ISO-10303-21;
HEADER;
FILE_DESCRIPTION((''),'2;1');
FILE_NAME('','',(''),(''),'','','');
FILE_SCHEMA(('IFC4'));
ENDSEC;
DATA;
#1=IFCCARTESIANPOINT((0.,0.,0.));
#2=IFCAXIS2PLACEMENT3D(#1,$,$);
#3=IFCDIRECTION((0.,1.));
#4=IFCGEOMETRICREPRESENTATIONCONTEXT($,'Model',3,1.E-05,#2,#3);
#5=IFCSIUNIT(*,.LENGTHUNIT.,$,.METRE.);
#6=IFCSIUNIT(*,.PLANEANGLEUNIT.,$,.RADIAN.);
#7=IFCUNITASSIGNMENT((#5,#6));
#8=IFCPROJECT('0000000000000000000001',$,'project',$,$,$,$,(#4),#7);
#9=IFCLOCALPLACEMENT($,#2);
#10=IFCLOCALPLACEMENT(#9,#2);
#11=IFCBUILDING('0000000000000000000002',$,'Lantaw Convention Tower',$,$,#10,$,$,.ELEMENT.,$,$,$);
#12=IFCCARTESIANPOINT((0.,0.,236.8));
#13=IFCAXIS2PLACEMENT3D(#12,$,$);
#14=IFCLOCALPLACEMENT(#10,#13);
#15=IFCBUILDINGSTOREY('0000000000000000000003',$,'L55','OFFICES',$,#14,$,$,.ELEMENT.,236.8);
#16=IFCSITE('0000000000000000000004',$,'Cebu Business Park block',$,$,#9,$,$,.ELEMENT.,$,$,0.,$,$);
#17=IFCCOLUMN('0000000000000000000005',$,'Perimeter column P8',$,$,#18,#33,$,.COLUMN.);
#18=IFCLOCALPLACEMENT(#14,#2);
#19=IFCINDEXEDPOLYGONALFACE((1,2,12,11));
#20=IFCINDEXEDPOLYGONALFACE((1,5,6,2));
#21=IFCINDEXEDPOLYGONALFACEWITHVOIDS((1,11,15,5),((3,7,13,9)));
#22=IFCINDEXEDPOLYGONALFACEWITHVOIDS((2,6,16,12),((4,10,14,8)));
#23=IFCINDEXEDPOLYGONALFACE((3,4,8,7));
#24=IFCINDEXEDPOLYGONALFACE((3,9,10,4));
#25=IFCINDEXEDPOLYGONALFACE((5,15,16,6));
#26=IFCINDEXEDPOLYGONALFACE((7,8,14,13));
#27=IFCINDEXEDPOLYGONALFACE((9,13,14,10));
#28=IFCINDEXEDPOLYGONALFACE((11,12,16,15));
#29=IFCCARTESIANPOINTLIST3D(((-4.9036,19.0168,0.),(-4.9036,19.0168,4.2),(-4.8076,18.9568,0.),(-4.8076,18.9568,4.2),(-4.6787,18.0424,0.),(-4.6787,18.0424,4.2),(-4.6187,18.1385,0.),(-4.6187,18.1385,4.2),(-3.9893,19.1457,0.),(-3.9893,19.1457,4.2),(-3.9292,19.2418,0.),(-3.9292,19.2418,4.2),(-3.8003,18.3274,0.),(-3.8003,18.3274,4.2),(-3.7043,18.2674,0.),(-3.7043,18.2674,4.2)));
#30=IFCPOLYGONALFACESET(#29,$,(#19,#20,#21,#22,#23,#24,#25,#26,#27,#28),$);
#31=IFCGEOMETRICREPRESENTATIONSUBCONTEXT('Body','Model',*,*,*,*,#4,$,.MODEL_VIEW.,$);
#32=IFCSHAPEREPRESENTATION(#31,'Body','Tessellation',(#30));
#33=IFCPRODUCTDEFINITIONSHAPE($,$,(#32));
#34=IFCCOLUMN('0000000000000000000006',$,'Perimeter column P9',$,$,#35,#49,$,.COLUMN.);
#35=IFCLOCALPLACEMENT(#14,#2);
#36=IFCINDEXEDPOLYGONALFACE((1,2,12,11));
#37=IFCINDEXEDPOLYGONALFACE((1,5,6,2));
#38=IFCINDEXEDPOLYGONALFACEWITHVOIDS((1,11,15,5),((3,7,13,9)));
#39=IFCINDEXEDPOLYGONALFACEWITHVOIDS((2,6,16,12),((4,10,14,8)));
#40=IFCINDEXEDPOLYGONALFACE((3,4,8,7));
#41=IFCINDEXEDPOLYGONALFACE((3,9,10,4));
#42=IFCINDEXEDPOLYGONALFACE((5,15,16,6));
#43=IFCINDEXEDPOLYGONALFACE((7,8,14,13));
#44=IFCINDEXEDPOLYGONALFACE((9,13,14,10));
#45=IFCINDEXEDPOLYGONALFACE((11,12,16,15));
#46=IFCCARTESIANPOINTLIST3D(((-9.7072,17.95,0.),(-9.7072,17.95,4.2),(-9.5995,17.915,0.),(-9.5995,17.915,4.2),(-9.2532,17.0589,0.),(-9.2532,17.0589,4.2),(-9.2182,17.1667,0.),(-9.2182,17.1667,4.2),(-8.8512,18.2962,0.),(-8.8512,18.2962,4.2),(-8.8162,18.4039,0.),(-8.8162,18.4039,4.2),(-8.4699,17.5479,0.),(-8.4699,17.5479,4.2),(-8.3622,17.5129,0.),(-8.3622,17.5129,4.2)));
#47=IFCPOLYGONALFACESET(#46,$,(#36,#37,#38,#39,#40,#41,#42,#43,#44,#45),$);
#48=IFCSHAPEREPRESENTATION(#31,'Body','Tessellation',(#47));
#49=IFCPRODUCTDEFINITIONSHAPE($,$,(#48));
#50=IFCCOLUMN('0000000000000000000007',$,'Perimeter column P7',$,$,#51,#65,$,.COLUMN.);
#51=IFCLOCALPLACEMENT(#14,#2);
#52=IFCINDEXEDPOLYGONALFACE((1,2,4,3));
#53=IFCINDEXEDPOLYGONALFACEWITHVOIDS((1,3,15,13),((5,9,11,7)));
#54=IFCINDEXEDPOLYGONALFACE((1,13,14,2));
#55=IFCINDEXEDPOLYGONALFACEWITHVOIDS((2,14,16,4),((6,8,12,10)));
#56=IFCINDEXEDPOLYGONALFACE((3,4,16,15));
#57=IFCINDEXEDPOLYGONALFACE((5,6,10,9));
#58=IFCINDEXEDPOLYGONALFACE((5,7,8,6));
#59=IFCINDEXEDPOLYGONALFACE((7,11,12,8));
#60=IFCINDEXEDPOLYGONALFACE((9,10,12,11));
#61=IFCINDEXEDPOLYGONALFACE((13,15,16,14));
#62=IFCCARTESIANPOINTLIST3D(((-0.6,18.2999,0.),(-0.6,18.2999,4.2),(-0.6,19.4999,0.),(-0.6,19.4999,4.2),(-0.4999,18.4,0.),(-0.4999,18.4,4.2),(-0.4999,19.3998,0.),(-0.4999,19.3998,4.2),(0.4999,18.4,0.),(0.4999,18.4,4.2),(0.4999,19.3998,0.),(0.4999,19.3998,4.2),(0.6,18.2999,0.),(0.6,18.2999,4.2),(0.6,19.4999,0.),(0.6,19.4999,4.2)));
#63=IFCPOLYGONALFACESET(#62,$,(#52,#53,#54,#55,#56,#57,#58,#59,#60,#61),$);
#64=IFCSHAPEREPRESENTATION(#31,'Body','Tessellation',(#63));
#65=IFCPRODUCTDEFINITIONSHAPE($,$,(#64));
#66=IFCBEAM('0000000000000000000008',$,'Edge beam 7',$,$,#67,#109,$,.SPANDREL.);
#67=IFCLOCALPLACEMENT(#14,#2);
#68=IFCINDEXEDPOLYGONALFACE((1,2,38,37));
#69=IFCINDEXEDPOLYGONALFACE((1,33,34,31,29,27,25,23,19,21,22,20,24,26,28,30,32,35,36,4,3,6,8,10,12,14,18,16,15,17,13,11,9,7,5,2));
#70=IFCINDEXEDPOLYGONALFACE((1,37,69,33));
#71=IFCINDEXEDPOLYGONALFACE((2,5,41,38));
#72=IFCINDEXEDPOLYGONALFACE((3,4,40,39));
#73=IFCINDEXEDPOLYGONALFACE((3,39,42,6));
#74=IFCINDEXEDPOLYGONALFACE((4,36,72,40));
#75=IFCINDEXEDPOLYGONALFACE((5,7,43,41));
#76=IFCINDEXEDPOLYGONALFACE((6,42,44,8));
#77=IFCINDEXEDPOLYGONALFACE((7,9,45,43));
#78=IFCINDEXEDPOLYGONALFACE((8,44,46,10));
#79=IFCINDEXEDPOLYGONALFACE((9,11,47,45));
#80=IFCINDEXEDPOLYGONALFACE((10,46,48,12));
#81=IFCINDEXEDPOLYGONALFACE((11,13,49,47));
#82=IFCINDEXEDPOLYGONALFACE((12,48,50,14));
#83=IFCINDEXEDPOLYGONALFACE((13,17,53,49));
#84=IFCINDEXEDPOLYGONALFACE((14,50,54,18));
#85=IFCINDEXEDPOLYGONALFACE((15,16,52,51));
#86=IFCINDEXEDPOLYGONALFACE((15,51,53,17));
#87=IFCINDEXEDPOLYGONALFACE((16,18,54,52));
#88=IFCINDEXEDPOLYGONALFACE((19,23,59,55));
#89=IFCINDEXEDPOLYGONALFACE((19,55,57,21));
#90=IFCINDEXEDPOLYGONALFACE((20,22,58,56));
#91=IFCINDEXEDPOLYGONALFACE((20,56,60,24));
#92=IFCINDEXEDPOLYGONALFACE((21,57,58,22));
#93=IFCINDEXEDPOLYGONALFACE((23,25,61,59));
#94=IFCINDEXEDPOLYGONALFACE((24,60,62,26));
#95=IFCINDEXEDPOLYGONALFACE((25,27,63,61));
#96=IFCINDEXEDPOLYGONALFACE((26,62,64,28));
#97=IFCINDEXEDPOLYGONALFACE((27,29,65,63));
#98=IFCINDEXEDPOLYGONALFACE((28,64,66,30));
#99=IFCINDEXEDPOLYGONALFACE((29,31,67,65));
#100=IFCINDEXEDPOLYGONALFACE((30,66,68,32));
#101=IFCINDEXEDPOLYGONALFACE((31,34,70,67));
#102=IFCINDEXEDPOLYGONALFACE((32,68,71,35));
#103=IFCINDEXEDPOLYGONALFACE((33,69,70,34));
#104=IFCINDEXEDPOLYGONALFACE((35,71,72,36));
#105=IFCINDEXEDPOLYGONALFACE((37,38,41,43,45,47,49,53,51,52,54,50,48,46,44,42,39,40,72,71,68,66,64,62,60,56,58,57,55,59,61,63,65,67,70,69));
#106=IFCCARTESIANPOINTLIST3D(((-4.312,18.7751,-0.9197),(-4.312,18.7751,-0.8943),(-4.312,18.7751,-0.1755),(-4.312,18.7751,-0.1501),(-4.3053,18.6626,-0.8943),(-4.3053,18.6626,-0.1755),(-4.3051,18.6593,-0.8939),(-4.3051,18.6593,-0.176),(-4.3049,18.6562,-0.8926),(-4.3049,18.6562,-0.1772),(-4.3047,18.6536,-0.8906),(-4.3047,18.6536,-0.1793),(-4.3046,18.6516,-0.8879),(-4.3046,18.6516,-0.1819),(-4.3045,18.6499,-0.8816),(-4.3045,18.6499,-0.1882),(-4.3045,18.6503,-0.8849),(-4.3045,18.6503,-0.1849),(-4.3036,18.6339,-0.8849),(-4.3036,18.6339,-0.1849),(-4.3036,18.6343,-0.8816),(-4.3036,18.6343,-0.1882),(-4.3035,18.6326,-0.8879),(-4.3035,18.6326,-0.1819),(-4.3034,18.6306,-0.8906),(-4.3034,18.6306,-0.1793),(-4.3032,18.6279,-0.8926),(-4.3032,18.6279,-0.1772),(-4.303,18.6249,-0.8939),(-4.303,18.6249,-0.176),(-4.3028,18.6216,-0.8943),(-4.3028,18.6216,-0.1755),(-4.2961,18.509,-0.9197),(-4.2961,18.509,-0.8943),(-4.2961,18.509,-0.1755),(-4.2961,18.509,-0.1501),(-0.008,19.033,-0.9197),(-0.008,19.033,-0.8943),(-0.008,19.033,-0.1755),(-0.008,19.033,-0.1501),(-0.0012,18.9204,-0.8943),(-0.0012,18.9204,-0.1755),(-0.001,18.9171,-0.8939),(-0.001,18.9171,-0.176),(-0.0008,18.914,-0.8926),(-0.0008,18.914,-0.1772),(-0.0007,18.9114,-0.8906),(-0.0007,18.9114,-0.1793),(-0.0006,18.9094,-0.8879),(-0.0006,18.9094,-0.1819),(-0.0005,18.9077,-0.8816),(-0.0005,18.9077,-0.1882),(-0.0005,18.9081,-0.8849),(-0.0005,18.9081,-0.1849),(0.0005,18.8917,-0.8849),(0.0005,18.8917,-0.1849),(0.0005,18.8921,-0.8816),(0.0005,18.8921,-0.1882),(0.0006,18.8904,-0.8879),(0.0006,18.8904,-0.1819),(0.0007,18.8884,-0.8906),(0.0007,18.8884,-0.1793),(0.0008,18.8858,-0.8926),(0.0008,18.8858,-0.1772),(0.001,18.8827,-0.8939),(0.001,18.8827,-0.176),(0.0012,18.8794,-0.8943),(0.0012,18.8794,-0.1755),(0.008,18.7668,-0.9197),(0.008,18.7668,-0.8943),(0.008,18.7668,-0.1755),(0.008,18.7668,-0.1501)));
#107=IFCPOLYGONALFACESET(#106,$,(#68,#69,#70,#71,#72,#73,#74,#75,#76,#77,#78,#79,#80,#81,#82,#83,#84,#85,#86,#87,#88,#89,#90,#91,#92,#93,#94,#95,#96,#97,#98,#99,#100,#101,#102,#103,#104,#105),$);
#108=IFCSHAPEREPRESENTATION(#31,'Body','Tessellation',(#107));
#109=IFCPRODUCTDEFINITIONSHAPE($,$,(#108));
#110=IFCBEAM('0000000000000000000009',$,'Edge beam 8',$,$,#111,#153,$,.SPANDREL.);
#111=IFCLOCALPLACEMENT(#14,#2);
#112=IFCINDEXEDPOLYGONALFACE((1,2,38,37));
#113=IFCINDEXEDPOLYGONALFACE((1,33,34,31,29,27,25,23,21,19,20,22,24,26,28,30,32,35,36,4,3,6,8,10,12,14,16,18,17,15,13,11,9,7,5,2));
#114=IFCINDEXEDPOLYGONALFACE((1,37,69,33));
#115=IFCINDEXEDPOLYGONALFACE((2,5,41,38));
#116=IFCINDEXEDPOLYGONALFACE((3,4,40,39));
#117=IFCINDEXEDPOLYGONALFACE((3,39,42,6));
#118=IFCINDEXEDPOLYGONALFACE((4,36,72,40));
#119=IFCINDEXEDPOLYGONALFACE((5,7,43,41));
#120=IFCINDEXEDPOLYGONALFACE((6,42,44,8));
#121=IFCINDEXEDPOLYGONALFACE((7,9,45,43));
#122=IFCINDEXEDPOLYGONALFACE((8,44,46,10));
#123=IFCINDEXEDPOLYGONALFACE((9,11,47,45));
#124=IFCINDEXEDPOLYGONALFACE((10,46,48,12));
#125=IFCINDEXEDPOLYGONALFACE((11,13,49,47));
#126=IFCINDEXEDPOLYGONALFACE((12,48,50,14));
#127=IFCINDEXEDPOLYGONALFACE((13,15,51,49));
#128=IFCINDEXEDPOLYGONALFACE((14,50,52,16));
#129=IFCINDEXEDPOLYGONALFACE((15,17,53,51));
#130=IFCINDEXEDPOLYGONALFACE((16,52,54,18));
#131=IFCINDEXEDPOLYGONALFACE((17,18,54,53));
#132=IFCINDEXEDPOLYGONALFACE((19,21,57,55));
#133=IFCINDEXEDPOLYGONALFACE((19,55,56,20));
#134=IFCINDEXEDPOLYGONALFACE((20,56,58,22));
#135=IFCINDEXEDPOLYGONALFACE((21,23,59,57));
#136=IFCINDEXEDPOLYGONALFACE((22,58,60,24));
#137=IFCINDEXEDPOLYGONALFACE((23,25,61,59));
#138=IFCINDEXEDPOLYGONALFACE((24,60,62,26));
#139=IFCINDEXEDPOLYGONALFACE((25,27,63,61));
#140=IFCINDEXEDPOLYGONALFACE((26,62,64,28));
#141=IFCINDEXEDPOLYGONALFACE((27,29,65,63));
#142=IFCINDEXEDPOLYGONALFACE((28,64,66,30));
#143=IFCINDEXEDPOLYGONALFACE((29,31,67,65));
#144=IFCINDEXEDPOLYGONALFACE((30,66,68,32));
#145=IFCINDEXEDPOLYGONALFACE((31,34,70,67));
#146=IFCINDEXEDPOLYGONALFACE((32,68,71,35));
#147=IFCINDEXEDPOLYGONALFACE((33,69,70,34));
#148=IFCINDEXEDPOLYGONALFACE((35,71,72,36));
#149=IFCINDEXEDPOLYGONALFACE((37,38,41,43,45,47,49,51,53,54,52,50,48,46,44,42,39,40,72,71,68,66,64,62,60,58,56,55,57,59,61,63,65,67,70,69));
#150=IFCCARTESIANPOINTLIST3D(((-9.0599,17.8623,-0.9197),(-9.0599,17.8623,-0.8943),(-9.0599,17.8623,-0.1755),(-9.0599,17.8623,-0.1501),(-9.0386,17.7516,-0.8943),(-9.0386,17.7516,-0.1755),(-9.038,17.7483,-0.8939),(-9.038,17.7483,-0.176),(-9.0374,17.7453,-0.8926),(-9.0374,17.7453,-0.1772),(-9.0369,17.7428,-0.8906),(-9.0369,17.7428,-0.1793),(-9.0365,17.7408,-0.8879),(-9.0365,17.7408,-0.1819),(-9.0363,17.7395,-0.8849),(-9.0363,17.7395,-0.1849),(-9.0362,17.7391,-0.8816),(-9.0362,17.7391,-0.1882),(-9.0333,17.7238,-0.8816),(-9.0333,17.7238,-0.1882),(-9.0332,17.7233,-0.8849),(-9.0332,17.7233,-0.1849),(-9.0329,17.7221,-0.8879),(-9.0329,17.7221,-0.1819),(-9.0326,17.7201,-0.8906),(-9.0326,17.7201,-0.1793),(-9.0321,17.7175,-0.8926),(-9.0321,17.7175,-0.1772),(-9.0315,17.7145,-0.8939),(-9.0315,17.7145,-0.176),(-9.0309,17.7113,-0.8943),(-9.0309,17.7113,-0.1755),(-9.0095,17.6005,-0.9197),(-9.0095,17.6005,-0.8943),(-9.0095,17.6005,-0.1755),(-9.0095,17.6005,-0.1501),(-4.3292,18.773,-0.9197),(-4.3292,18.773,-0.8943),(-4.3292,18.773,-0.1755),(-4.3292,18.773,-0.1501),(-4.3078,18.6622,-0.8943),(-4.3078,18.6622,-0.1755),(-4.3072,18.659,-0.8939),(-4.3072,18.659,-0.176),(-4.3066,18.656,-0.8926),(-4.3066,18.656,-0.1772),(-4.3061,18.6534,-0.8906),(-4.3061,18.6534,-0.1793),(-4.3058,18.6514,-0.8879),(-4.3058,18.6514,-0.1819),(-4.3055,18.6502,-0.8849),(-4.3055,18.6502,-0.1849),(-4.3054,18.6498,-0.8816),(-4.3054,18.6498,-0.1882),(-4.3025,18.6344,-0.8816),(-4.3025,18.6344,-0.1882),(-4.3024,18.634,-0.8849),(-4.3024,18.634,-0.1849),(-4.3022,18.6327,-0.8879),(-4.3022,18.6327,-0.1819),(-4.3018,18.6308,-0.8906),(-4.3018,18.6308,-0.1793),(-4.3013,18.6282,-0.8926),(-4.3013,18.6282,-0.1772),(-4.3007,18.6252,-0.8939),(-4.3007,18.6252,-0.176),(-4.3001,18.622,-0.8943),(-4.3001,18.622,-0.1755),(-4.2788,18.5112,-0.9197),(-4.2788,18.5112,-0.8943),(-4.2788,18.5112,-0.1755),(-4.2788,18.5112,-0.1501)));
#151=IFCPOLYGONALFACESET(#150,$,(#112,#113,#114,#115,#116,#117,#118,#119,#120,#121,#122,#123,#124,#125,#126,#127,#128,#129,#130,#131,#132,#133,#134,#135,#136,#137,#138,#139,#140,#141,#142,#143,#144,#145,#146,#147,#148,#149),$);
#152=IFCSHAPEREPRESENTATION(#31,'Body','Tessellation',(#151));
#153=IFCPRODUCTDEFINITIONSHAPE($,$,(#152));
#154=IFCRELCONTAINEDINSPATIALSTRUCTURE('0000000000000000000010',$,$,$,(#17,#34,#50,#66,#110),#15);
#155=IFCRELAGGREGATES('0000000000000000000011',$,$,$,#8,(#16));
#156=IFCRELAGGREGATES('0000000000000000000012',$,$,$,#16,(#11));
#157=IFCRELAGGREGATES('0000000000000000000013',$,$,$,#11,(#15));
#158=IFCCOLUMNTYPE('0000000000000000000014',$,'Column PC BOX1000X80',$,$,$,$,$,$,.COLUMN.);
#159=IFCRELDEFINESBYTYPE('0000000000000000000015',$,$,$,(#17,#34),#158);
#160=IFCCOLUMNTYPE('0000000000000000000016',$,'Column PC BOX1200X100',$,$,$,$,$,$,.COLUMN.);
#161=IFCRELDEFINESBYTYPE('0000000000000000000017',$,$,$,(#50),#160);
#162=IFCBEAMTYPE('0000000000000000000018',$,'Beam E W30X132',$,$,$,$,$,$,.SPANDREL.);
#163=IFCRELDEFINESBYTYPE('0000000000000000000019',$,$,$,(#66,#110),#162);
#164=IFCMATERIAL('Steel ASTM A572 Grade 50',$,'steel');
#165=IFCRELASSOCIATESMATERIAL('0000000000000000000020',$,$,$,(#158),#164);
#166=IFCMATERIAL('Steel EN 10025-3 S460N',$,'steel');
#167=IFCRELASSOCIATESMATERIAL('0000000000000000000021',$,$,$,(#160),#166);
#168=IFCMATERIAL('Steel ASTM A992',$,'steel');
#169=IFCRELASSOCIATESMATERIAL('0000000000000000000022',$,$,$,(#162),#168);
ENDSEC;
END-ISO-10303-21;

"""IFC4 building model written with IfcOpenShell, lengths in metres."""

from ifc_helpers import new_model, si_unit, direction, frame, origin, origin_2d, place, context, subcontext, project, spatial, rectangle, hollow_rectangle, i_section, extrude, material, material_profile, profile_set, type_object, element, save


model = new_model("IFC4")

# Units and contexts
model_context = context("Model", 3, precision=1e-05, world=origin(), true_north=direction((0.0, 1.0)))
body_context = subcontext(model_context, "Body", "Model", "MODEL_VIEW")
ifc_project = project(units=[si_unit("LENGTHUNIT", "METRE"), si_unit("PLANEANGLEUNIT", "RADIAN")], contexts=[model_context])

# Site, building, storey
site_placement = place(None, origin())
site = spatial("IfcSite", under=ifc_project, at=site_placement, Name="Cebu Business Park block", CompositionType="ELEMENT", RefElevation=0.0)
building_placement = place(site_placement, origin())
building = spatial("IfcBuilding", under=site, at=building_placement, Name="Lantaw Convention Tower", CompositionType="ELEMENT")
storey_placement = place(building_placement, frame((0.0, 0.0, 236.8)))
storey = spatial("IfcBuildingStorey", under=building, at=storey_placement, Name="L55", Description="OFFICES", CompositionType="ELEMENT", Elevation=236.8)

# Columns
ifc_material_1 = material(Name="Steel ASTM A572 Grade 50", Category="steel")
ifc_material_profile_1 = material_profile(ifc_material_1, hollow_rectangle(XDim=1.0, YDim=1.0, WallThickness=0.0801, at=origin_2d()), Name="BOX1000X80")
ifc_material_2 = material(Name="Concrete C60/75", Category="concrete")
ifc_material_profile_2 = material_profile(ifc_material_2, rectangle(XDim=0.8401, YDim=0.8401, at=origin_2d()), Name="Concrete fill of BOX1000X80")
ifc_profile_set_1 = profile_set([ifc_material_profile_1, ifc_material_profile_2], Name="Steel ASTM A572 Grade 50")
column_type_1 = type_object("IfcColumnType", Name="Column PC BOX1000X80", PredefinedType="COLUMN", material=ifc_profile_set_1)
for number, where, z_axis, x_axis, name in (
    (1, (-4.304, 18.6421, 0.0), (0.0, 0.0, 1.0), (0.97437, 0.224951, 0.0), "Perimeter column P8"),
    (2, (-9.0347, 17.7314, 0.0), (0.0, 0.0, 1.0), (0.891007, 0.45399, 0.0), "Perimeter column P9"),
):
    element("IfcColumn", number, at=place(storey_placement, frame(where, z_axis=z_axis, x_axis=x_axis)), inside=storey, type_object=column_type_1, Name=name, PredefinedType="COLUMN", context=body_context, shape_type="SweptSolid", body=[
        extrude(hollow_rectangle(XDim=1.0, YDim=1.0, WallThickness=0.0801, at=origin_2d()), origin(), (0.0, 0.0, 1.0), 4.2),
    ])
ifc_material_3 = material(Name="Steel EN 10025-3 S460N", Category="steel")
ifc_material_profile_3 = material_profile(ifc_material_3, hollow_rectangle(XDim=1.2, YDim=1.2, WallThickness=0.1001, at=origin_2d()), Name="BOX1200X100")
ifc_material_profile_4 = material_profile(ifc_material_2, rectangle(XDim=1.0, YDim=1.0, at=origin_2d()), Name="Concrete fill of BOX1200X100")
ifc_profile_set_2 = profile_set([ifc_material_profile_3, ifc_material_profile_4], Name="Steel EN 10025-3 S460N")
column_type_2 = type_object("IfcColumnType", Name="Column PC BOX1200X100", PredefinedType="COLUMN", material=ifc_profile_set_2)
column_placement = place(storey_placement, frame((0.0, 18.8999, 0.0), z_axis=(0.0, 0.0, 1.0), x_axis=(1.0, 0.0, 0.0)))
element("IfcColumn", 3, at=column_placement, inside=storey, type_object=column_type_2, Name="Perimeter column P7", PredefinedType="COLUMN", context=body_context, shape_type="SweptSolid", body=[
    extrude(hollow_rectangle(XDim=1.2, YDim=1.2, WallThickness=0.1001, at=origin_2d()), origin(), (0.0, 0.0, 1.0), 4.2),
])

# Beams
ifc_material_4 = material(Name="Steel ASTM A992", Category="steel")
ifc_material_profile_5 = material_profile(ifc_material_4, i_section(OverallWidth=0.2666, OverallDepth=0.7695, WebThickness=0.0156, FlangeThickness=0.0254, FilletRadius=0.0127, at=origin_2d()), Name="W30X132")
ifc_profile_set_3 = profile_set([ifc_material_profile_5], Name="Steel ASTM A992")
beam_type_1 = type_object("IfcBeamType", Name="Beam E W30X132", PredefinedType="SPANDREL", material=ifc_profile_set_3)
beam_1_placement = place(storey_placement, frame((0.0, 18.8999, -0.5349), z_axis=(-0.998211, -0.059794, 0.0), x_axis=(0.059794, -0.998211, 0.0)))
element("IfcBeam", 4, at=beam_1_placement, inside=storey, type_object=beam_type_1, Name="Edge beam 7", PredefinedType="SPANDREL", context=body_context, shape_type="SweptSolid", body=[
    extrude(i_section(OverallWidth=0.2666, OverallDepth=0.7695, WebThickness=0.0156, FlangeThickness=0.0254, FilletRadius=0.0127, at=origin_2d()), origin(), (0.0, 0.0, 1.0), 4.3118),
])
beam_2_placement = place(storey_placement, frame((-4.304, 18.6421, -0.5349), z_axis=(-0.981972, -0.189026, 0.0), x_axis=(0.189026, -0.981972, 0.0)))
element("IfcBeam", 5, at=beam_2_placement, inside=storey, type_object=beam_type_1, Name="Edge beam 8", PredefinedType="SPANDREL", context=body_context, shape_type="SweptSolid", body=[
    extrude(i_section(OverallWidth=0.2666, OverallDepth=0.7695, WebThickness=0.0156, FlangeThickness=0.0254, FilletRadius=0.0127, at=origin_2d()), origin(), (0.0, 0.0, 1.0), 4.8176),
])

save(model, "model.ifc")
